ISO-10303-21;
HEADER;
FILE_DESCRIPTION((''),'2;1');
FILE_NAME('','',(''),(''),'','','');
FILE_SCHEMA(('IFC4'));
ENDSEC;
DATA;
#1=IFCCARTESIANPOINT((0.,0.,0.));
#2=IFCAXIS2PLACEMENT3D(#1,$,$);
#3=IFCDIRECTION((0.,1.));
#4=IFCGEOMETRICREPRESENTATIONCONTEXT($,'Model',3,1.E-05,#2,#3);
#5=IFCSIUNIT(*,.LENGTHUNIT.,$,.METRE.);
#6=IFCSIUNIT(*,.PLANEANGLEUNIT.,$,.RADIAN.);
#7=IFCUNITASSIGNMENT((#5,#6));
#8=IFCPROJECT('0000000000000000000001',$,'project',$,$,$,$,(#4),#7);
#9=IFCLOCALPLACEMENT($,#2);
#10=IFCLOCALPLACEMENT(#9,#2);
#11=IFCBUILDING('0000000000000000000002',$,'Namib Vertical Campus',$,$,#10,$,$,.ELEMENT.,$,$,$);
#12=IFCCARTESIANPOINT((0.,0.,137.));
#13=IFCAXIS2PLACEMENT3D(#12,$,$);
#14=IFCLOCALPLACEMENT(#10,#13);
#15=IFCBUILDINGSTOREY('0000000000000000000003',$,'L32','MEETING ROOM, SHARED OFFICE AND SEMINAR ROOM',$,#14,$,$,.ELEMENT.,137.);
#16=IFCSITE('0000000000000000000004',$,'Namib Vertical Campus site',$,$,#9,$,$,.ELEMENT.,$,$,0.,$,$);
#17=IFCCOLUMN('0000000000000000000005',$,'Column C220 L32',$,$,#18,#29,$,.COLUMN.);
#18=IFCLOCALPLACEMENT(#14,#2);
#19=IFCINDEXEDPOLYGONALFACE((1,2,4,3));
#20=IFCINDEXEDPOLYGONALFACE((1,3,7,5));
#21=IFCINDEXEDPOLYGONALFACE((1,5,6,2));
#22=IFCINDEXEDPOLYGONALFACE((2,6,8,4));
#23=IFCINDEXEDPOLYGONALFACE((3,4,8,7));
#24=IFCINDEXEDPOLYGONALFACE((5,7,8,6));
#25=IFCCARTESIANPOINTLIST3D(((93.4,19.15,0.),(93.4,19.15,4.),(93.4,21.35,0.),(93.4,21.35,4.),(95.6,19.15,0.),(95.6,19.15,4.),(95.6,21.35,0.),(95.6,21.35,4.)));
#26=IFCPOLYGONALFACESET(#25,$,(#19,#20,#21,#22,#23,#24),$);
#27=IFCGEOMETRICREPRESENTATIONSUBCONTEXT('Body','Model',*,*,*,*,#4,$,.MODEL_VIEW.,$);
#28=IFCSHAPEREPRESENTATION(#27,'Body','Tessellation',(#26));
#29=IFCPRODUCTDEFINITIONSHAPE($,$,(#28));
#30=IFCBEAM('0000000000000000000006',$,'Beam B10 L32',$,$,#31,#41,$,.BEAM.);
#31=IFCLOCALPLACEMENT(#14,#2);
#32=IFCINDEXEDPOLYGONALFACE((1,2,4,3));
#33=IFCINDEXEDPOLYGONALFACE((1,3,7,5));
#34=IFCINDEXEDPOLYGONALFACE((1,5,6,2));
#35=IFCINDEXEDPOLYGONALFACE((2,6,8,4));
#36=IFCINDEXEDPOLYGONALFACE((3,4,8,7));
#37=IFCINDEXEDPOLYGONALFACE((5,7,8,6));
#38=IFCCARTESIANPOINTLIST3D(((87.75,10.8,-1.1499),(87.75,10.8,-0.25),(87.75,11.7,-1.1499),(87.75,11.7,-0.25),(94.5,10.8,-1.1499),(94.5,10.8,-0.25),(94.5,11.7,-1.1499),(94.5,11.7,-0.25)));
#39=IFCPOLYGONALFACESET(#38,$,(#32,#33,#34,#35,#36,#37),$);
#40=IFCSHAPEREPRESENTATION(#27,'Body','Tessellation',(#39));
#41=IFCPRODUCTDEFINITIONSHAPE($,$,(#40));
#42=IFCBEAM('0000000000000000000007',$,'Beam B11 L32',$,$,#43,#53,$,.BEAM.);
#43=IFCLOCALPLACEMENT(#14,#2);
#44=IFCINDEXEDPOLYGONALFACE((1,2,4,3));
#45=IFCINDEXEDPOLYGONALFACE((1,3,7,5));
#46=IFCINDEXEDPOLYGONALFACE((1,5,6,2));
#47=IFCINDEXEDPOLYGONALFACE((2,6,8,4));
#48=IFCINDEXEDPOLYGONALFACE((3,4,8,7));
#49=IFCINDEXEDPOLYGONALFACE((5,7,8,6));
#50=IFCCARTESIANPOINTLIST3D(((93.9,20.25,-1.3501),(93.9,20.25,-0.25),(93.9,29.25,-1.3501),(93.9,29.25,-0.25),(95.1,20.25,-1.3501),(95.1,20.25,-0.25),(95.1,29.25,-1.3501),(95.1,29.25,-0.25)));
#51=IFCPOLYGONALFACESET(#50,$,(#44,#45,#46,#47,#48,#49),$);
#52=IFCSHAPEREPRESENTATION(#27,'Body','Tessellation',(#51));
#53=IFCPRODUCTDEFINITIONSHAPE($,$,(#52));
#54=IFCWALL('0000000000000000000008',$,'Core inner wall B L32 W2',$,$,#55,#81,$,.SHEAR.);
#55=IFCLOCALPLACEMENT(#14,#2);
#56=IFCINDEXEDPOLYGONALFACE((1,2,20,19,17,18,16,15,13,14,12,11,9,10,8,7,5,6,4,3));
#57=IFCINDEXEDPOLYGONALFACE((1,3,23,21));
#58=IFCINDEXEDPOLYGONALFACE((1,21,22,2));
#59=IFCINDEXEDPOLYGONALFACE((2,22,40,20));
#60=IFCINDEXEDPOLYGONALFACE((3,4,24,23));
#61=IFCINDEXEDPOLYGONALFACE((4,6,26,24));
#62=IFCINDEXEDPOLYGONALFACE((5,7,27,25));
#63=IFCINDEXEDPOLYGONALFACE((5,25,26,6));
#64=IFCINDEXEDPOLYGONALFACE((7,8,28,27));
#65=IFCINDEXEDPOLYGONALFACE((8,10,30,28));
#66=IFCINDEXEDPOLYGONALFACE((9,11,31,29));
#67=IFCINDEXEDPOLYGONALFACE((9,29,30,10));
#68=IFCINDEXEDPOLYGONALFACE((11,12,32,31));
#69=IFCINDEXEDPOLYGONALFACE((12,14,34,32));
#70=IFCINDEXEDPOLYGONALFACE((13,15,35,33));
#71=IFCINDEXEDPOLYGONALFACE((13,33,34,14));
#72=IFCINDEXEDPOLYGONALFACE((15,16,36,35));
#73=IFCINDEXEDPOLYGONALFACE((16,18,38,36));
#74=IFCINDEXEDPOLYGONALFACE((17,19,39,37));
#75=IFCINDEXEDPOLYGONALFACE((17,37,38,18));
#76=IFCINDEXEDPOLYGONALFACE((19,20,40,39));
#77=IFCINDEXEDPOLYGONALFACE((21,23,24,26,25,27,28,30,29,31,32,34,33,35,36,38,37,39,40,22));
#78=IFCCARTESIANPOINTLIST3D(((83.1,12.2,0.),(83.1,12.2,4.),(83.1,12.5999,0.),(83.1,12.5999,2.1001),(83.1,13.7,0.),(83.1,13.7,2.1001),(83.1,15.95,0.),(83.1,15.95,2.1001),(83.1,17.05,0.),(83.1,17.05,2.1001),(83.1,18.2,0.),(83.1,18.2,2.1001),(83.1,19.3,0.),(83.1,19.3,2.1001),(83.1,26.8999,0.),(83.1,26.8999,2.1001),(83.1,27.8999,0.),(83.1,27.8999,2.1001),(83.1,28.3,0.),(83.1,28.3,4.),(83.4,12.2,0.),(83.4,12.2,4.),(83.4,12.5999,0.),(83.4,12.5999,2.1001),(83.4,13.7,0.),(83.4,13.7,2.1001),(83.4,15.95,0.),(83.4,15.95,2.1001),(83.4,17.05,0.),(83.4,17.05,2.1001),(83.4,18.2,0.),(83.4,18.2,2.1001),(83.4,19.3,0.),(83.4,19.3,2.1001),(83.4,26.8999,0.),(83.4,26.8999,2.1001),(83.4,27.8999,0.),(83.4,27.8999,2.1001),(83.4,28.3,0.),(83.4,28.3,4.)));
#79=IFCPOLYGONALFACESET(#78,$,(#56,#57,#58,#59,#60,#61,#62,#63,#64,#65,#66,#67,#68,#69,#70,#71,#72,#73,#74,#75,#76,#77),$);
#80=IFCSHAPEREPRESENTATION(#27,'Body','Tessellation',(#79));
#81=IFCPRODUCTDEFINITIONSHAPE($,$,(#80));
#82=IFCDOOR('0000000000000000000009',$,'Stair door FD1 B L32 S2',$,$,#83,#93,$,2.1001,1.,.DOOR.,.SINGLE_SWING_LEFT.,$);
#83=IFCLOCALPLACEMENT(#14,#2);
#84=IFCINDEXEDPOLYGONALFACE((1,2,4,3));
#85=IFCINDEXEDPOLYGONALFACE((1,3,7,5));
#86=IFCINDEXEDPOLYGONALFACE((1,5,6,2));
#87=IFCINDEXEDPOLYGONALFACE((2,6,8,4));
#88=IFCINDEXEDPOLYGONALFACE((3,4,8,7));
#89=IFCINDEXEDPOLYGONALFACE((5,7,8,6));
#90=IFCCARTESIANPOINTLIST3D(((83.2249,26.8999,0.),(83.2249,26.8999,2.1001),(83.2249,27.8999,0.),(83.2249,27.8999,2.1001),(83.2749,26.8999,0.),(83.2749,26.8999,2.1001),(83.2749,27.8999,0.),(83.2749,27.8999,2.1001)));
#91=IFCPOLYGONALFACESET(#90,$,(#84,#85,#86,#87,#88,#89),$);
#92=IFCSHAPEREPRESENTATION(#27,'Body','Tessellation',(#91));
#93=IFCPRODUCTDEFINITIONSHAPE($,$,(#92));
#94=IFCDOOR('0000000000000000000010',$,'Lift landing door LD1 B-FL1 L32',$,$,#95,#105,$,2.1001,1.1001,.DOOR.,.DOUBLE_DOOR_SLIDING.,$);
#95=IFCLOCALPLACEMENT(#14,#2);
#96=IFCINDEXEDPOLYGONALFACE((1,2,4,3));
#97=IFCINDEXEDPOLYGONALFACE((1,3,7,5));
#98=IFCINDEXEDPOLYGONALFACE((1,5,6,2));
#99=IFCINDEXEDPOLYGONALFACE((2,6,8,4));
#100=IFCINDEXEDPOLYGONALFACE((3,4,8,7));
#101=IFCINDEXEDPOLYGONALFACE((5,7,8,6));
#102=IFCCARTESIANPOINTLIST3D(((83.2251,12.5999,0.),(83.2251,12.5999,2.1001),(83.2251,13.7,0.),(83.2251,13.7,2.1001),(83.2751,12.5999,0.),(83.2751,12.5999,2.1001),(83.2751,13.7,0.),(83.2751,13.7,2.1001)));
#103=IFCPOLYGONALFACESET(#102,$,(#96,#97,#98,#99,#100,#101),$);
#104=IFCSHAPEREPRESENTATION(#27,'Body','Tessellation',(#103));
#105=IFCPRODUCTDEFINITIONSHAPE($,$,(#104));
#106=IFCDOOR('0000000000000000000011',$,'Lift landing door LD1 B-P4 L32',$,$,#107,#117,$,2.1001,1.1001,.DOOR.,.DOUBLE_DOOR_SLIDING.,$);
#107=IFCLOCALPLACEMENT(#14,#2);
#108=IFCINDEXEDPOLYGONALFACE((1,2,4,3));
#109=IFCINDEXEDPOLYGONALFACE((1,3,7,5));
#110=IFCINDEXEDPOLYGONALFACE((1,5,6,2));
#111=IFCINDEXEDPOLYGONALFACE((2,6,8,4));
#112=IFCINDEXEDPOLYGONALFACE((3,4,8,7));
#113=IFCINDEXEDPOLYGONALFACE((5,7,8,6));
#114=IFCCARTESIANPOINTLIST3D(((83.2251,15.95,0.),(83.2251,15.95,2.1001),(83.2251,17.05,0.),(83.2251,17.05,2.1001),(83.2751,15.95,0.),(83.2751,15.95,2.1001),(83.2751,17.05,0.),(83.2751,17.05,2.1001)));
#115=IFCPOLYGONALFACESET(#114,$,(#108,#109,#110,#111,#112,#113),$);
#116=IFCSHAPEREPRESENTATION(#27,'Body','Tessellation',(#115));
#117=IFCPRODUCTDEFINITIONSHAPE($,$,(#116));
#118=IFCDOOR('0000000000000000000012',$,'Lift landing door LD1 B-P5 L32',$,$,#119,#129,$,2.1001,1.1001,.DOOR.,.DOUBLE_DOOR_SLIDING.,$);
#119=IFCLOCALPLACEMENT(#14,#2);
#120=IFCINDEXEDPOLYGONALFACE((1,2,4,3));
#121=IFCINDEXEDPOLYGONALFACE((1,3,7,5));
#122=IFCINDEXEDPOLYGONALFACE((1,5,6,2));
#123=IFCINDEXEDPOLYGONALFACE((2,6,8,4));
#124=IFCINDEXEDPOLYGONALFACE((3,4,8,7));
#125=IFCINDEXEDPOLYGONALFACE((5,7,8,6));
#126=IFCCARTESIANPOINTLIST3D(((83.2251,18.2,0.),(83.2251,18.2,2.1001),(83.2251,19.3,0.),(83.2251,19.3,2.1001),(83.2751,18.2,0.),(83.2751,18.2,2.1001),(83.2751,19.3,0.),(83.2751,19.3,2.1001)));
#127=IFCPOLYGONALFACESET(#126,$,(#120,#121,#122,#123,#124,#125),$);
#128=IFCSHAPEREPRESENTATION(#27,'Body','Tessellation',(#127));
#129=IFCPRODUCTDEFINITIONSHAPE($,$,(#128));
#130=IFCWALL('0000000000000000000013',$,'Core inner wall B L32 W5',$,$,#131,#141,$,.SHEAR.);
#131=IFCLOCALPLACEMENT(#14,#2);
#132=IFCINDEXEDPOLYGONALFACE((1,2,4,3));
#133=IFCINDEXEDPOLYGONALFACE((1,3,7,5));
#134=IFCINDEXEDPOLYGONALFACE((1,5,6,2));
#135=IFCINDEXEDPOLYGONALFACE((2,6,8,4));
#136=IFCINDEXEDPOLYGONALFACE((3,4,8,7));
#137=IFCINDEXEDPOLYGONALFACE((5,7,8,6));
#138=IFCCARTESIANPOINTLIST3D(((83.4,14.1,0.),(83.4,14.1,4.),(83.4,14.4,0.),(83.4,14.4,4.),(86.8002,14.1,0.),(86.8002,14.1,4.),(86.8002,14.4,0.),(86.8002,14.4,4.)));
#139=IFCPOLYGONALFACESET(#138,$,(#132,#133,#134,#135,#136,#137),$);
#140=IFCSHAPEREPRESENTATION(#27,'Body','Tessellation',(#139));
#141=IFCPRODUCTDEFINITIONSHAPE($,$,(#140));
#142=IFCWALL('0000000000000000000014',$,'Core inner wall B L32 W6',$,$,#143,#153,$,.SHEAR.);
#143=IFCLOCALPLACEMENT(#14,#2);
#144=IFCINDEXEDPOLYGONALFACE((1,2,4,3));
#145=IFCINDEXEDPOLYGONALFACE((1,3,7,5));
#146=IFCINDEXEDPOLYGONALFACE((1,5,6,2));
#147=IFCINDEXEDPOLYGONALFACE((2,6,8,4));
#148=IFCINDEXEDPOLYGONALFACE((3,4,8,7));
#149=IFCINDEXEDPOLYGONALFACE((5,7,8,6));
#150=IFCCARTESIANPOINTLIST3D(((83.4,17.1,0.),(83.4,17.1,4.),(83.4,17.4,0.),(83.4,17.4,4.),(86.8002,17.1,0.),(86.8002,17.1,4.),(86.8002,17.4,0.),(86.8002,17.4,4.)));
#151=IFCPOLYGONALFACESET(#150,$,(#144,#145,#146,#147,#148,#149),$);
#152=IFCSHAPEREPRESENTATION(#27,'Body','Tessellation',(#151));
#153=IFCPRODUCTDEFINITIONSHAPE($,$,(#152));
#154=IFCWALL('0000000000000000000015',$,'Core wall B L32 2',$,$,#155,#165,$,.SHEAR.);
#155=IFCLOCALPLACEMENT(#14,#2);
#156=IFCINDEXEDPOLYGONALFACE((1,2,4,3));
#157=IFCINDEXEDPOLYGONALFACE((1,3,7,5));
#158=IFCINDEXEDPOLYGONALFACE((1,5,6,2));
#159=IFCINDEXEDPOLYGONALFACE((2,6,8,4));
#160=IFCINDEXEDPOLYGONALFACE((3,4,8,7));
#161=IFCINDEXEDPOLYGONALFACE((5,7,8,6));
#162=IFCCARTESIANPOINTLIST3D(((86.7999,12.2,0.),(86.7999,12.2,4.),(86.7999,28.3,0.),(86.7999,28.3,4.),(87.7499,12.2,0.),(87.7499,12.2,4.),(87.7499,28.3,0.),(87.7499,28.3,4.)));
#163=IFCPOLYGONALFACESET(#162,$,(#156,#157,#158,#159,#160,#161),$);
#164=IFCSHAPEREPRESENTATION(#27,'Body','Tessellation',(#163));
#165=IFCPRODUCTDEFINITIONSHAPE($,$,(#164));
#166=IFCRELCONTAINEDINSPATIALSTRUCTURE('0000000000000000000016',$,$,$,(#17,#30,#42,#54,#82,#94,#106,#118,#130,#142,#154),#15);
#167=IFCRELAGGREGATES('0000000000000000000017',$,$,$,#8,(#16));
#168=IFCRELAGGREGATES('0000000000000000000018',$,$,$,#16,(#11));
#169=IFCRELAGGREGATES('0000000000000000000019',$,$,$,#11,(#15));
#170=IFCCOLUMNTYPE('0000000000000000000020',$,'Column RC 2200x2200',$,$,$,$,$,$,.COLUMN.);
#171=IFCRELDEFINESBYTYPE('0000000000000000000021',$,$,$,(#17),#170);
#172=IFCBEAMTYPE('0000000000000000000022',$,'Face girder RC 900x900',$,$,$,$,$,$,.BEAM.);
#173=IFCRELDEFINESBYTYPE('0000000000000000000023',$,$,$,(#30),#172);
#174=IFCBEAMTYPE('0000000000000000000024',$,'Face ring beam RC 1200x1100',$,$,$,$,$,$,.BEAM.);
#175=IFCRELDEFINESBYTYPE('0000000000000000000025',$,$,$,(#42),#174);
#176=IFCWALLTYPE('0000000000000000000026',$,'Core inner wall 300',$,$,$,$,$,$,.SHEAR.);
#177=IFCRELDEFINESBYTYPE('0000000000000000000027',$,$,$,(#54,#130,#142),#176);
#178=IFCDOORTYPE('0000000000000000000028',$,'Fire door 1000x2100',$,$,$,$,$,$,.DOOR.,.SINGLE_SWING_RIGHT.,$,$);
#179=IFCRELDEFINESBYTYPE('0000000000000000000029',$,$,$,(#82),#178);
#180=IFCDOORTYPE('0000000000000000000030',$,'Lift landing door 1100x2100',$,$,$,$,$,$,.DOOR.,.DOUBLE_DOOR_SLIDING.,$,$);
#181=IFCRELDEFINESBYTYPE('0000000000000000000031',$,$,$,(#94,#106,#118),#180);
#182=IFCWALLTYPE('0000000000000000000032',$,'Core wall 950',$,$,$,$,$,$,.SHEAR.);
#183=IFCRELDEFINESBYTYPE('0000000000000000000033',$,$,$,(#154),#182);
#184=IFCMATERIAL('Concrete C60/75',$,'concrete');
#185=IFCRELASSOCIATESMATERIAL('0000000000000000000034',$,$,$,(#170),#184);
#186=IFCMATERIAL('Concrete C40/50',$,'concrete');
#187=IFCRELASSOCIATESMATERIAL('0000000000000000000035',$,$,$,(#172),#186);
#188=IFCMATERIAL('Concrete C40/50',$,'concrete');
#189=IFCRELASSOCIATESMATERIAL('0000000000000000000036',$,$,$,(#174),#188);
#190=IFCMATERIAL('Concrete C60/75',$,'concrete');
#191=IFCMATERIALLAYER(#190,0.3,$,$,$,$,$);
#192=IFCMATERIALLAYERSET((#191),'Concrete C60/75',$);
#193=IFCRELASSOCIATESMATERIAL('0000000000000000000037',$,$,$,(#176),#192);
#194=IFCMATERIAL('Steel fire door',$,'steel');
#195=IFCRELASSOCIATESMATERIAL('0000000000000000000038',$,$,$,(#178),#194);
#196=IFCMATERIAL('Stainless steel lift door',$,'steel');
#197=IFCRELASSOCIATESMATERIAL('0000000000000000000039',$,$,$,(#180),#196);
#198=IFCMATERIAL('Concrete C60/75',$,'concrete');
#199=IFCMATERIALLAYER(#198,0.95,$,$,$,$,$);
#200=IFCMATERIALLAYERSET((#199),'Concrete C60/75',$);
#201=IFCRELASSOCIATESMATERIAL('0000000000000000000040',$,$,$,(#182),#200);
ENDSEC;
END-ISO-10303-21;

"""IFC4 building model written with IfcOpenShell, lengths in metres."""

from ifc_helpers import new_model, si_unit, direction, frame, frame_2d, origin, origin_2d, place, context, subcontext, project, spatial, rectangle, extrude, material, layer, layer_set, material_profile, profile_set, type_object, element, fill, save


model = new_model("IFC4")

# Units and contexts
model_context = context("Model", 3, precision=1e-05, world=origin(), true_north=direction((0.0, 1.0)))
body_context = subcontext(model_context, "Body", "Model", "MODEL_VIEW")
ifc_project = project(units=[si_unit("LENGTHUNIT", "METRE"), si_unit("PLANEANGLEUNIT", "RADIAN")], contexts=[model_context])

# Site, building, storey
site_placement = place(None, origin())
site = spatial("IfcSite", under=ifc_project, at=site_placement, Name="Namib Vertical Campus site", CompositionType="ELEMENT", RefElevation=0.0)
building_placement = place(site_placement, origin())
building = spatial("IfcBuilding", under=site, at=building_placement, Name="Namib Vertical Campus", CompositionType="ELEMENT")
storey_placement = place(building_placement, frame((0.0, 0.0, 137.0)))
storey = spatial("IfcBuildingStorey", under=building, at=storey_placement, Name="L32", Description="MEETING ROOM, SHARED OFFICE AND SEMINAR ROOM", CompositionType="ELEMENT", Elevation=137.0)

# Column
ifc_material_1 = material(Name="Concrete C60/75", Category="concrete")
ifc_material_profile_1 = material_profile(ifc_material_1, rectangle(XDim=2.2, YDim=2.2, at=origin_2d()))
ifc_profile_set_1 = profile_set([ifc_material_profile_1], Name="Concrete C60/75")
column_type = type_object("IfcColumnType", Name="Column RC 2200x2200", PredefinedType="COLUMN", material=ifc_profile_set_1)
column_placement = place(storey_placement, frame((94.5, 20.25, 0.0), z_axis=(0.0, 0.0, 1.0), x_axis=(1.0, 0.0, 0.0)))
element("IfcColumn", 1, at=column_placement, inside=storey, type_object=column_type, Name="Column C220 L32", PredefinedType="COLUMN", context=body_context, shape_type="SweptSolid", body=[
    extrude(rectangle(XDim=2.2, YDim=2.2, at=origin_2d()), origin(), (0.0, 0.0, 1.0), 4.0),
])

# Beams
ifc_material_2 = material(Name="Concrete C40/50", Category="concrete")
ifc_material_profile_2 = material_profile(ifc_material_2, rectangle(XDim=0.8999, YDim=0.8999, at=origin_2d()))
ifc_profile_set_2 = profile_set([ifc_material_profile_2], Name="Concrete C40/50")
beam_type_1 = type_object("IfcBeamType", Name="Face girder RC 900x900", PredefinedType="BEAM", material=ifc_profile_set_2)
beam_1_placement = place(storey_placement, frame((94.5, 11.25, -0.7), z_axis=(-1.0, 0.0, 0.0), x_axis=(0.0, -1.0, 0.0)))
element("IfcBeam", 2, at=beam_1_placement, inside=storey, type_object=beam_type_1, Name="Beam B10 L32", PredefinedType="BEAM", context=body_context, shape_type="SweptSolid", body=[
    extrude(rectangle(XDim=0.8999, YDim=0.8999, at=origin_2d()), origin(), (0.0, 0.0, 1.0), 6.75),
])
ifc_material_3 = material(Name="Concrete C40/50", Category="concrete")
ifc_material_profile_3 = material_profile(ifc_material_3, rectangle(XDim=1.2, YDim=1.1001, at=origin_2d()))
ifc_profile_set_3 = profile_set([ifc_material_profile_3], Name="Concrete C40/50")
beam_type_2 = type_object("IfcBeamType", Name="Face ring beam RC 1200x1100", PredefinedType="BEAM", material=ifc_profile_set_3)
beam_2_placement = place(storey_placement, frame((94.5, 20.25, -0.8), z_axis=(0.0, 1.0, 0.0), x_axis=(-1.0, 0.0, 0.0)))
element("IfcBeam", 3, at=beam_2_placement, inside=storey, type_object=beam_type_2, Name="Beam B11 L32", PredefinedType="BEAM", context=body_context, shape_type="SweptSolid", body=[
    extrude(rectangle(XDim=1.2, YDim=1.1001, at=origin_2d()), origin(), (0.0, 0.0, 1.0), 9.0),
])

# Wall, openings, doors
ifc_material_4 = material(Name="Concrete C60/75", Category="concrete")
ifc_layer_1 = layer(ifc_material_4, 0.3)
ifc_layer_set_1 = layer_set([ifc_layer_1], Name="Concrete C60/75")
wall_type_1 = type_object("IfcWallType", Name="Core inner wall 300", PredefinedType="SHEAR", material=ifc_layer_set_1)
wall_1_placement = place(storey_placement, frame((83.25, 12.2, 0.0), z_axis=(0.0, 0.0, 1.0), x_axis=(0.0, 1.0, 0.0)))
wall_1 = element("IfcWall", 4, at=wall_1_placement, inside=storey, type_object=wall_type_1, Name="Core inner wall B L32 W2", PredefinedType="SHEAR", context=body_context, shape_type="SweptSolid", body=[
    extrude(rectangle(XDim=16.1001, YDim=0.3, at=frame_2d((8.05, 0.0))), origin(), (0.0, 0.0, 1.0), 4.0),
])
opening_1_placement = place(wall_1_placement, frame((14.7, 0.0, 0.0)))
opening_1 = element("IfcOpeningElement", 5, at=opening_1_placement, cuts=wall_1, PredefinedType="OPENING", context=body_context, shape_type="SweptSolid", body=[
    extrude(rectangle(XDim=1.0, YDim=2.1001, at=frame_2d((0.5, 1.05))), frame((0.0, 0.1599, 0.0), z_axis=(0.0, -1.0, 0.0), x_axis=(1.0, 0.0, 0.0)), (0.0, 0.0, 1.0), 0.3201),
])
opening_2_placement = place(wall_1_placement, frame((0.3999, 0.0, 0.0)))
opening_2 = element("IfcOpeningElement", 6, at=opening_2_placement, cuts=wall_1, PredefinedType="OPENING", context=body_context, shape_type="SweptSolid", body=[
    extrude(rectangle(XDim=1.1001, YDim=2.1001, at=frame_2d((0.55, 1.05))), frame((0.0, 0.1599, 0.0), z_axis=(0.0, -1.0, 0.0), x_axis=(1.0, 0.0, 0.0)), (0.0, 0.0, 1.0), 0.3201),
])
opening_3_placement = place(wall_1_placement, frame((3.75, 0.0, 0.0)))
opening_3 = element("IfcOpeningElement", 7, at=opening_3_placement, cuts=wall_1, PredefinedType="OPENING", context=body_context, shape_type="SweptSolid", body=[
    extrude(rectangle(XDim=1.1001, YDim=2.1001, at=frame_2d((0.55, 1.05))), frame((0.0, 0.1599, 0.0), z_axis=(0.0, -1.0, 0.0), x_axis=(1.0, 0.0, 0.0)), (0.0, 0.0, 1.0), 0.3201),
])
opening_4_placement = place(wall_1_placement, frame((6.0, 0.0, 0.0)))
opening_4 = element("IfcOpeningElement", 8, at=opening_4_placement, cuts=wall_1, PredefinedType="OPENING", context=body_context, shape_type="SweptSolid", body=[
    extrude(rectangle(XDim=1.1001, YDim=2.1001, at=frame_2d((0.55, 1.05))), frame((0.0, 0.1599, 0.0), z_axis=(0.0, -1.0, 0.0), x_axis=(1.0, 0.0, 0.0)), (0.0, 0.0, 1.0), 0.3201),
])
ifc_material_5 = material(Name="Steel fire door", Category="steel")
door_type_1 = type_object("IfcDoorType", Name="Fire door 1000x2100", OperationType="SINGLE_SWING_RIGHT", PredefinedType="DOOR", material=ifc_material_5)
door_1_placement = place(opening_1_placement, frame((1.0, 0.0, 0.0), z_axis=(0.0, 0.0, 1.0), x_axis=(-1.0, 0.0, 0.0)))
door_1 = element("IfcDoor", 9, at=door_1_placement, inside=storey, type_object=door_type_1, Name="Stair door FD1 B L32 S2", OperationType="SINGLE_SWING_LEFT", OverallHeight=2.1001, OverallWidth=1.0, PredefinedType="DOOR", context=body_context, shape_type="SweptSolid", body=[
    extrude(rectangle(XDim=1.0, YDim=2.1001, at=frame_2d((0.5, 1.05))), frame((0.0, 0.0249, 0.0), z_axis=(0.0, -1.0, 0.0), x_axis=(1.0, 0.0, 0.0)), (0.0, 0.0, 1.0), 0.05),
])
fill(opening_1, door_1)
ifc_material_6 = material(Name="Stainless steel lift door", Category="steel")
door_type_2 = type_object("IfcDoorType", Name="Lift landing door 1100x2100", OperationType="DOUBLE_DOOR_SLIDING", PredefinedType="DOOR", material=ifc_material_6)
door_2_placement = place(opening_2_placement, origin())
door_2 = element("IfcDoor", 10, at=door_2_placement, inside=storey, type_object=door_type_2, Name="Lift landing door LD1 B-FL1 L32", OperationType="DOUBLE_DOOR_SLIDING", OverallHeight=2.1001, OverallWidth=1.1001, PredefinedType="DOOR", context=body_context, shape_type="SweptSolid", body=[
    extrude(rectangle(XDim=1.1001, YDim=2.1001, at=frame_2d((0.55, 1.05))), frame((0.0, 0.0249, 0.0), z_axis=(0.0, -1.0, 0.0), x_axis=(1.0, 0.0, 0.0)), (0.0, 0.0, 1.0), 0.05),
])
fill(opening_2, door_2)
door_3_placement = place(opening_3_placement, origin())
door_3 = element("IfcDoor", 11, at=door_3_placement, inside=storey, type_object=door_type_2, Name="Lift landing door LD1 B-P4 L32", OperationType="DOUBLE_DOOR_SLIDING", OverallHeight=2.1001, OverallWidth=1.1001, PredefinedType="DOOR", context=body_context, shape_type="SweptSolid", body=[
    extrude(rectangle(XDim=1.1001, YDim=2.1001, at=frame_2d((0.55, 1.05))), frame((0.0, 0.0249, 0.0), z_axis=(0.0, -1.0, 0.0), x_axis=(1.0, 0.0, 0.0)), (0.0, 0.0, 1.0), 0.05),
])
fill(opening_3, door_3)
door_4_placement = place(opening_4_placement, origin())
door_4 = element("IfcDoor", 12, at=door_4_placement, inside=storey, type_object=door_type_2, Name="Lift landing door LD1 B-P5 L32", OperationType="DOUBLE_DOOR_SLIDING", OverallHeight=2.1001, OverallWidth=1.1001, PredefinedType="DOOR", context=body_context, shape_type="SweptSolid", body=[
    extrude(rectangle(XDim=1.1001, YDim=2.1001, at=frame_2d((0.55, 1.05))), frame((0.0, 0.0249, 0.0), z_axis=(0.0, -1.0, 0.0), x_axis=(1.0, 0.0, 0.0)), (0.0, 0.0, 1.0), 0.05),
])
fill(opening_4, door_4)

# Walls
for number, where, z_axis, x_axis, name in (
    (13, (83.3999, 14.25, 0.0), (0.0, 0.0, 1.0), (1.0, 0.0, 0.0), "Core inner wall B L32 W5"),
    (14, (83.3999, 17.25, 0.0), (0.0, 0.0, 1.0), (1.0, 0.0, 0.0), "Core inner wall B L32 W6"),
):
    element("IfcWall", number, at=place(storey_placement, frame(where, z_axis=z_axis, x_axis=x_axis)), inside=storey, type_object=wall_type_1, Name=name, PredefinedType="SHEAR", context=body_context, shape_type="SweptSolid", body=[
        extrude(rectangle(XDim=3.4001, YDim=0.3, at=frame_2d((1.7002, 0.0))), origin(), (0.0, 0.0, 1.0), 4.0),
    ])
ifc_material_7 = material(Name="Concrete C60/75", Category="concrete")
ifc_layer_2 = layer(ifc_material_7, 0.95)
ifc_layer_set_2 = layer_set([ifc_layer_2], Name="Concrete C60/75")
wall_type_2 = type_object("IfcWallType", Name="Core wall 950", PredefinedType="SHEAR", material=ifc_layer_set_2)
wall_2_placement = place(storey_placement, frame((87.2749, 12.2, 0.0), z_axis=(0.0, 0.0, 1.0), x_axis=(0.0, 1.0, 0.0)))
element("IfcWall", 15, at=wall_2_placement, inside=storey, type_object=wall_type_2, Name="Core wall B L32 2", PredefinedType="SHEAR", context=body_context, shape_type="SweptSolid", body=[
    extrude(rectangle(XDim=16.1001, YDim=0.95, at=frame_2d((8.05, 0.0))), origin(), (0.0, 0.0, 1.0), 4.0),
])

save(model, "model.ifc")
